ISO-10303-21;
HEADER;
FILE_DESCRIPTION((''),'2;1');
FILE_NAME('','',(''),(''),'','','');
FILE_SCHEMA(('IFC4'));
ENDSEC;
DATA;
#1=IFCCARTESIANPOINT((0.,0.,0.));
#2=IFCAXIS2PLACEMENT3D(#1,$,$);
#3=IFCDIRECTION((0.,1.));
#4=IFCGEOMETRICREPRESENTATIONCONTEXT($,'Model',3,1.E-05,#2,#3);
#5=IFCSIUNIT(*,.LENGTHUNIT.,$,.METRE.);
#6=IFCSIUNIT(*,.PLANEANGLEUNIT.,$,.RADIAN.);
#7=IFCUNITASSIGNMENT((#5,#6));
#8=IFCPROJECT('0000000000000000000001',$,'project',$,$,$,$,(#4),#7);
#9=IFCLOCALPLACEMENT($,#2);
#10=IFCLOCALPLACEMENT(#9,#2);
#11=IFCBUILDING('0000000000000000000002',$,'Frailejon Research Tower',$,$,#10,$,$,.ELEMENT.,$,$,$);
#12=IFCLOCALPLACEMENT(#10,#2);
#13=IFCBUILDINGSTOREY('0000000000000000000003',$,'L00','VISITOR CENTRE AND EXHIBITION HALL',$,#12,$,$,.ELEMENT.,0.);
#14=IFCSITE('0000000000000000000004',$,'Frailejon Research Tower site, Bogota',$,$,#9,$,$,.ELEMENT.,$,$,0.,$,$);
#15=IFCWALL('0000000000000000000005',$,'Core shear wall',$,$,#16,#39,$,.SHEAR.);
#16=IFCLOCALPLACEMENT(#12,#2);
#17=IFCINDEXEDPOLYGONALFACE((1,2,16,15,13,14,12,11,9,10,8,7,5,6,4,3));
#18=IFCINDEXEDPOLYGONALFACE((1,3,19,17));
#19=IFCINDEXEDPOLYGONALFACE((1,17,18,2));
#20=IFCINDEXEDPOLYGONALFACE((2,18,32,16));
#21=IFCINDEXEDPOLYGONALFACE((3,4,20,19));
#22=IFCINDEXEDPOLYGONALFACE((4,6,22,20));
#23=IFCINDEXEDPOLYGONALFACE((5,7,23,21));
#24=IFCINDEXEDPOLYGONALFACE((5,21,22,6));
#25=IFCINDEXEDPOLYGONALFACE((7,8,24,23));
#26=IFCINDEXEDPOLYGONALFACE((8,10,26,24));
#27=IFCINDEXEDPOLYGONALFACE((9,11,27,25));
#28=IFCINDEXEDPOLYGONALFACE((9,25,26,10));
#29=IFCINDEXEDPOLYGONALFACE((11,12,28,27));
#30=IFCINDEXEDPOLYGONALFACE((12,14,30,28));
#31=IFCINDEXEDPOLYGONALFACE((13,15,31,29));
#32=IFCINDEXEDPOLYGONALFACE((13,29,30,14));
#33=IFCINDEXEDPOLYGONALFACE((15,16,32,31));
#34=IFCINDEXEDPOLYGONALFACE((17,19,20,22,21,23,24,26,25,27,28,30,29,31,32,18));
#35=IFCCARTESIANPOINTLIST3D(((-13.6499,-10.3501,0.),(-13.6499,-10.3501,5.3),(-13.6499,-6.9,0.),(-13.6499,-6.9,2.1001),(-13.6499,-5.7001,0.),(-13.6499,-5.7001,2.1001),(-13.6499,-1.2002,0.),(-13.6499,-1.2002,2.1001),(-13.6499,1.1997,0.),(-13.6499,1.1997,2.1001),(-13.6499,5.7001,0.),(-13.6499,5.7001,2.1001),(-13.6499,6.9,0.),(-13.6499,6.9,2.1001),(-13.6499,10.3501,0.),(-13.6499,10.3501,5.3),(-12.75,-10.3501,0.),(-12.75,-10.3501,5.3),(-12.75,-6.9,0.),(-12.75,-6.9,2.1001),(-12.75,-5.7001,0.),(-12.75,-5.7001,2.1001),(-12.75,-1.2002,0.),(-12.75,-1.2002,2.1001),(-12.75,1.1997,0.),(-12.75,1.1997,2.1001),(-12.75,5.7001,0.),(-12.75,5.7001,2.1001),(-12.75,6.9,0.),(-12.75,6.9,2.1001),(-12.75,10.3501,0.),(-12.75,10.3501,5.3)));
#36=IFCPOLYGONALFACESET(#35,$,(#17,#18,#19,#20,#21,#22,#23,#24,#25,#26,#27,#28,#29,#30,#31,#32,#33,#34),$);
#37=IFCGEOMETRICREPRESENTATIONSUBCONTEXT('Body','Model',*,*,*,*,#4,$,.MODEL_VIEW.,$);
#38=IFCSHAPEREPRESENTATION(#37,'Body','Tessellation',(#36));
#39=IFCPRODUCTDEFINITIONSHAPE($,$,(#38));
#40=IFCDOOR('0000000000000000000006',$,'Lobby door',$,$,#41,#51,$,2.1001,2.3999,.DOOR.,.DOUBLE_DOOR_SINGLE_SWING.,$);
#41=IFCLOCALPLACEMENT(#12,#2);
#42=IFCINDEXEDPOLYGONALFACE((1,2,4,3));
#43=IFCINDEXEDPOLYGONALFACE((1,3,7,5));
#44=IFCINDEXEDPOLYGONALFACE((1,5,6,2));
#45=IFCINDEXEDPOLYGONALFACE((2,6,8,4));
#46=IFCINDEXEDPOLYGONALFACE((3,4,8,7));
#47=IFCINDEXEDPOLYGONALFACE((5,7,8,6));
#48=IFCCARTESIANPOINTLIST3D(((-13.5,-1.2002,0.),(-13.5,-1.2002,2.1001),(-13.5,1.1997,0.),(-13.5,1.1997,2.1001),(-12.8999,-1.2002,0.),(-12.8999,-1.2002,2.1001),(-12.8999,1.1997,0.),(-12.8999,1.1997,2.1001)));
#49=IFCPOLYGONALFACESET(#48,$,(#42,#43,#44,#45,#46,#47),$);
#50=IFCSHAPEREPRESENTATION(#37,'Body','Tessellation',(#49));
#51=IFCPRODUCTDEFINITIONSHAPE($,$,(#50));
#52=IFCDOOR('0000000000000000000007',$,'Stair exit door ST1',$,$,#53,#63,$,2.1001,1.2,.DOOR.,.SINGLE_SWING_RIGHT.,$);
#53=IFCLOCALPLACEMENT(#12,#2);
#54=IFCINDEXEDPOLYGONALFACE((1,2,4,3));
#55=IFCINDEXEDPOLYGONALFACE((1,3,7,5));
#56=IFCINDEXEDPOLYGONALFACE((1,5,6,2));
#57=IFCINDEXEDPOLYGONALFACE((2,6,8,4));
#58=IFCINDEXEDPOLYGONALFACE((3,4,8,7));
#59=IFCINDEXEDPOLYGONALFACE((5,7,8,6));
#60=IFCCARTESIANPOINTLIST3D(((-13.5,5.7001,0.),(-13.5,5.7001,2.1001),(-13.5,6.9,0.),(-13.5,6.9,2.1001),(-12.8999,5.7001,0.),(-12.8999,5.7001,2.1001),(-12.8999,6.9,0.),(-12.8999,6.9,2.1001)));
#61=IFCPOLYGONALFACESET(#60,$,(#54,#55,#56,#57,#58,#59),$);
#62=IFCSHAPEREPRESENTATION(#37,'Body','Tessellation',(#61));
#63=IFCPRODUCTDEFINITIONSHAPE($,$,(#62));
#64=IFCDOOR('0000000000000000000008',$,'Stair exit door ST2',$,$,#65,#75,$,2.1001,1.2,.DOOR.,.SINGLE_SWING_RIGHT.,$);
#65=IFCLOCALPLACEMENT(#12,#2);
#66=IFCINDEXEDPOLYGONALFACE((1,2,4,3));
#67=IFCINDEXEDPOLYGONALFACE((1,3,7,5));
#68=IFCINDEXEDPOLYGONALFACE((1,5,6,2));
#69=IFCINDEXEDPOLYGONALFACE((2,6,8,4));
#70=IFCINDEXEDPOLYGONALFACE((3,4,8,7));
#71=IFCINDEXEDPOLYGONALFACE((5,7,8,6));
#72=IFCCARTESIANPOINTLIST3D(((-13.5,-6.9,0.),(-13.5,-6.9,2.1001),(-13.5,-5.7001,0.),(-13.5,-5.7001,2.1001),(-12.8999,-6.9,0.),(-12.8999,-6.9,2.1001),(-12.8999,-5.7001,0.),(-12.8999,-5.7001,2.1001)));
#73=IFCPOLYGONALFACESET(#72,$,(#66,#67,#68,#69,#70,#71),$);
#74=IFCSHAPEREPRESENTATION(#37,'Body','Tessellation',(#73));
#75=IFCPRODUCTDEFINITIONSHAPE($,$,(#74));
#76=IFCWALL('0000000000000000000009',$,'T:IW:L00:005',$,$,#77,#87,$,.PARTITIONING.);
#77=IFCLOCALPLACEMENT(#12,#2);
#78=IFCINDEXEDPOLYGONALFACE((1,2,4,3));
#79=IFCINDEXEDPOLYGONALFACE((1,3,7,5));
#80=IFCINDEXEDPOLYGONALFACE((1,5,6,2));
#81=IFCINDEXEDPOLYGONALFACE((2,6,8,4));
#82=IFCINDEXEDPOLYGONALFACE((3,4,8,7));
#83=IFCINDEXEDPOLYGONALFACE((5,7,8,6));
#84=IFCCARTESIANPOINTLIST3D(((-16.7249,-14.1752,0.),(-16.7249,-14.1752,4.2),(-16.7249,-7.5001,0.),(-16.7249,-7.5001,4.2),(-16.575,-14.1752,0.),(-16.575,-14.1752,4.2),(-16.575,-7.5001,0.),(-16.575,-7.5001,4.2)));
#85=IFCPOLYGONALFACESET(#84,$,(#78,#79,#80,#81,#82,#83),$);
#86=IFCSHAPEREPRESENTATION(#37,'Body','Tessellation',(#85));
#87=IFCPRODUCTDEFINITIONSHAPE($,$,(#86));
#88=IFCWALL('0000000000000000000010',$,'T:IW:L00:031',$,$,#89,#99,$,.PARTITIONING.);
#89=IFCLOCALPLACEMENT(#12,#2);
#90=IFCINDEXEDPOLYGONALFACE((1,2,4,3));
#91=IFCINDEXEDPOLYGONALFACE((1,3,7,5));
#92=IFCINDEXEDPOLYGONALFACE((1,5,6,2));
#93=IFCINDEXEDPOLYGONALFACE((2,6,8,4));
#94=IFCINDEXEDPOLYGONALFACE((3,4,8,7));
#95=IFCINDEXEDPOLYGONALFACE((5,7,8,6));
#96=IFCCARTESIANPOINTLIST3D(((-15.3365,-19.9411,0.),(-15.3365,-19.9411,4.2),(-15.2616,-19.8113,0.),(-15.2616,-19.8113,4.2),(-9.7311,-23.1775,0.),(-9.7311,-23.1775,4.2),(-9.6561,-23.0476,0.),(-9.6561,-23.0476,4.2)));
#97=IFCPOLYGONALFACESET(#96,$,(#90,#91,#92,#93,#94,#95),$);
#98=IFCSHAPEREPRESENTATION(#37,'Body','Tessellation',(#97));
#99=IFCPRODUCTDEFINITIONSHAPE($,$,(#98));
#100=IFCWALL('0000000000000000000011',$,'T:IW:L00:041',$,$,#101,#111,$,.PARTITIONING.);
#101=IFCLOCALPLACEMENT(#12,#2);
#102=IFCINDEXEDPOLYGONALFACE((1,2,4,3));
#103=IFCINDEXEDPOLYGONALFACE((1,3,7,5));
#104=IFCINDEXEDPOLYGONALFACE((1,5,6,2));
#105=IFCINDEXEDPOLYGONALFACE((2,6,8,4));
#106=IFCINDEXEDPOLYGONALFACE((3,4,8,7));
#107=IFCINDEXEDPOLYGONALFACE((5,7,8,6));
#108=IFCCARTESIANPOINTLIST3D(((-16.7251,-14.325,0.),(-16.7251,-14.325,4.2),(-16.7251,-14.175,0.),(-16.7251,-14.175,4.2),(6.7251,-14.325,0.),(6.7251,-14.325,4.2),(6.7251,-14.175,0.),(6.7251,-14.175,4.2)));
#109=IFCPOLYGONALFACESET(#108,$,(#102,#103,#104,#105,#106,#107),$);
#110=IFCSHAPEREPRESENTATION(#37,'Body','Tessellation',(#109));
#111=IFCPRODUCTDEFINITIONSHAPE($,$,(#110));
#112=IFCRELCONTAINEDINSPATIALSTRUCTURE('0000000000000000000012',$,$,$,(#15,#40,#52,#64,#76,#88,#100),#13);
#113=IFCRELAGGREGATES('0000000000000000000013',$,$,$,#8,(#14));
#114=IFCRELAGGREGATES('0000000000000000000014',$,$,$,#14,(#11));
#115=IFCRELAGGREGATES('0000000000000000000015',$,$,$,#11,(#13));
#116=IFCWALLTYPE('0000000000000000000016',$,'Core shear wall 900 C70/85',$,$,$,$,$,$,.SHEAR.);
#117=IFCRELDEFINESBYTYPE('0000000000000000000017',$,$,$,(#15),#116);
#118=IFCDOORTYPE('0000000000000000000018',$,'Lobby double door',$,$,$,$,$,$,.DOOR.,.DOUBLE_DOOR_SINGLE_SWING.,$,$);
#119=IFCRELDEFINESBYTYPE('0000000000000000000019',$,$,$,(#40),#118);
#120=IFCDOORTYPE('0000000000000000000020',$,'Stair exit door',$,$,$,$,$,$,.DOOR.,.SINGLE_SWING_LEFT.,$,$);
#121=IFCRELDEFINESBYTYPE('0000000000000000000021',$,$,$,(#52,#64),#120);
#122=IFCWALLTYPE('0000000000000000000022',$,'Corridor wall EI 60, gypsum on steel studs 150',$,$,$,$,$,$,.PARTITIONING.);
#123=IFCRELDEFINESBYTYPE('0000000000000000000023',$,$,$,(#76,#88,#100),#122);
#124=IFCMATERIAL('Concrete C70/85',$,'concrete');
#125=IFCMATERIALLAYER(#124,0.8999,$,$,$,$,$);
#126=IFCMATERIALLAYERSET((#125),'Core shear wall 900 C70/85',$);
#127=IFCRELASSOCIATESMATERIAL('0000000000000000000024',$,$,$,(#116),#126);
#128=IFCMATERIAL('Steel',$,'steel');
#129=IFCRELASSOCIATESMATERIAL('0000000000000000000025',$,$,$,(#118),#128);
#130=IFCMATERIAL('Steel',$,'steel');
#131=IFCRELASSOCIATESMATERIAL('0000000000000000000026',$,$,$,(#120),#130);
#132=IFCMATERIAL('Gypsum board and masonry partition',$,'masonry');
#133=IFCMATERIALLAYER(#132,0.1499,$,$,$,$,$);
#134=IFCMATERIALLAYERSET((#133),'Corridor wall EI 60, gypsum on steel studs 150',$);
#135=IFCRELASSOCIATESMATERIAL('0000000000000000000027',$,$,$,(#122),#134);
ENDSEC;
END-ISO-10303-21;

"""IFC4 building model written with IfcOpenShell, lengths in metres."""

from ifc_helpers import new_model, si_unit, direction, frame, frame_2d, origin, place, context, subcontext, project, spatial, rectangle, extrude, material, layer, layer_set, type_object, element, fill, save


model = new_model("IFC4")

# Units and contexts
model_context = context("Model", 3, precision=1e-05, world=origin(), true_north=direction((0.0, 1.0)))
body_context = subcontext(model_context, "Body", "Model", "MODEL_VIEW")
ifc_project = project(units=[si_unit("LENGTHUNIT", "METRE"), si_unit("PLANEANGLEUNIT", "RADIAN")], contexts=[model_context])

# Site, building, storey
site_placement = place(None, origin())
site = spatial("IfcSite", under=ifc_project, at=site_placement, Name="Frailejon Research Tower site, Bogota", CompositionType="ELEMENT", RefElevation=0.0)
building_placement = place(site_placement, origin())
building = spatial("IfcBuilding", under=site, at=building_placement, Name="Frailejon Research Tower", CompositionType="ELEMENT")
storey_placement = place(building_placement, origin())
storey = spatial("IfcBuildingStorey", under=building, at=storey_placement, Name="L00", Description="VISITOR CENTRE AND EXHIBITION HALL", CompositionType="ELEMENT", Elevation=0.0)

# Wall, openings, doors
ifc_material_1 = material(Name="Concrete C70/85", Category="concrete")
ifc_layer_1 = layer(ifc_material_1, 0.8999)
ifc_layer_set_1 = layer_set([ifc_layer_1], Name="Core shear wall 900 C70/85")
wall_type_1 = type_object("IfcWallType", Name="Core shear wall 900 C70/85", PredefinedType="SHEAR", material=ifc_layer_set_1)
wall_1_placement = place(storey_placement, frame((-13.2, -10.3501, 0.0), z_axis=(0.0, 0.0, 1.0), x_axis=(0.0, 1.0, 0.0)))
wall_1 = element("IfcWall", 1, at=wall_1_placement, inside=storey, type_object=wall_type_1, Name="Core shear wall", PredefinedType="SHEAR", context=body_context, shape_type="SweptSolid", body=[
    extrude(rectangle(XDim=20.7002, YDim=0.8999, at=frame_2d((10.3501, 0.0))), origin(), (0.0, 0.0, 1.0), 5.3),
])
opening_1_placement = place(wall_1_placement, frame((9.1499, 0.0, 0.0)))
opening_1 = element("IfcOpeningElement", 2, at=opening_1_placement, cuts=wall_1, PredefinedType="OPENING", context=body_context, shape_type="SweptSolid", body=[
    extrude(rectangle(XDim=2.3999, YDim=2.1001, at=frame_2d((1.2, 1.05))), frame((0.0, 0.46, 0.0), z_axis=(0.0, -1.0, 0.0), x_axis=(1.0, 0.0, 0.0)), (0.0, 0.0, 1.0), 0.9199),
])
opening_2_placement = place(wall_1_placement, frame((16.05, 0.0, 0.0)))
opening_2 = element("IfcOpeningElement", 3, at=opening_2_placement, cuts=wall_1, PredefinedType="OPENING", context=body_context, shape_type="SweptSolid", body=[
    extrude(rectangle(XDim=1.2, YDim=2.1001, at=frame_2d((0.6001, 1.05))), frame((0.0, 0.46, 0.0), z_axis=(0.0, -1.0, 0.0), x_axis=(1.0, 0.0, 0.0)), (0.0, 0.0, 1.0), 0.9199),
])
opening_3_placement = place(wall_1_placement, frame((3.45, 0.0, 0.0)))
opening_3 = element("IfcOpeningElement", 4, at=opening_3_placement, cuts=wall_1, PredefinedType="OPENING", context=body_context, shape_type="SweptSolid", body=[
    extrude(rectangle(XDim=1.2, YDim=2.1001, at=frame_2d((0.6001, 1.05))), frame((0.0, 0.46, 0.0), z_axis=(0.0, -1.0, 0.0), x_axis=(1.0, 0.0, 0.0)), (0.0, 0.0, 1.0), 0.9199),
])
ifc_material_2 = material(Name="Steel", Category="steel")
door_type_1 = type_object("IfcDoorType", Name="Lobby double door", OperationType="DOUBLE_DOOR_SINGLE_SWING", PredefinedType="DOOR", material=ifc_material_2)
door_1_placement = place(opening_1_placement, origin())
door_1 = element("IfcDoor", 5, at=door_1_placement, inside=storey, type_object=door_type_1, Name="Lobby door", OperationType="DOUBLE_DOOR_SINGLE_SWING", OverallHeight=2.1001, OverallWidth=2.3999, PredefinedType="DOOR", context=body_context, shape_type="SweptSolid", body=[
    extrude(rectangle(XDim=2.3999, YDim=2.1001, at=frame_2d((1.2, 1.05))), frame((0.0, 0.3, 0.0), z_axis=(0.0, -1.0, 0.0), x_axis=(1.0, 0.0, 0.0)), (0.0, 0.0, 1.0), 0.6001),
])
fill(opening_1, door_1)
ifc_material_3 = material(Name="Steel", Category="steel")
door_type_2 = type_object("IfcDoorType", Name="Stair exit door", OperationType="SINGLE_SWING_LEFT", PredefinedType="DOOR", material=ifc_material_3)
door_2_placement = place(opening_2_placement, origin())
door_2 = element("IfcDoor", 6, at=door_2_placement, inside=storey, type_object=door_type_2, Name="Stair exit door ST1", OperationType="SINGLE_SWING_RIGHT", OverallHeight=2.1001, OverallWidth=1.2, PredefinedType="DOOR", context=body_context, shape_type="SweptSolid", body=[
    extrude(rectangle(XDim=1.2, YDim=2.1001, at=frame_2d((0.6001, 1.05))), frame((0.0, 0.3, 0.0), z_axis=(0.0, -1.0, 0.0), x_axis=(1.0, 0.0, 0.0)), (0.0, 0.0, 1.0), 0.6001),
])
fill(opening_2, door_2)
door_3_placement = place(opening_3_placement, origin())
door_3 = element("IfcDoor", 7, at=door_3_placement, inside=storey, type_object=door_type_2, Name="Stair exit door ST2", OperationType="SINGLE_SWING_RIGHT", OverallHeight=2.1001, OverallWidth=1.2, PredefinedType="DOOR", context=body_context, shape_type="SweptSolid", body=[
    extrude(rectangle(XDim=1.2, YDim=2.1001, at=frame_2d((0.6001, 1.05))), frame((0.0, 0.3, 0.0), z_axis=(0.0, -1.0, 0.0), x_axis=(1.0, 0.0, 0.0)), (0.0, 0.0, 1.0), 0.6001),
])
fill(opening_3, door_3)

# Walls
ifc_material_4 = material(Name="Gypsum board and masonry partition", Category="masonry")
ifc_layer_2 = layer(ifc_material_4, 0.1499)
ifc_layer_set_2 = layer_set([ifc_layer_2], Name="Corridor wall EI 60, gypsum on steel studs 150")
wall_type_2 = type_object("IfcWallType", Name="Corridor wall EI 60, gypsum on steel studs 150", PredefinedType="PARTITIONING", material=ifc_layer_set_2)
wall_2_placement = place(storey_placement, frame((-16.6499, -14.175, 0.0), z_axis=(0.0, 0.0, 1.0), x_axis=(0.0, 1.0, 0.0)))
element("IfcWall", 8, at=wall_2_placement, inside=storey, type_object=wall_type_2, Name="T:IW:L00:005", PredefinedType="PARTITIONING", context=body_context, shape_type="SweptSolid", body=[
    extrude(rectangle(XDim=6.675, YDim=0.1499, at=frame_2d((3.3374, 0.0))), origin(), (0.0, 0.0, 1.0), 4.2),
])
wall_3_placement = place(storey_placement, frame((-15.2991, -19.8762, 0.0), z_axis=(0.0, 0.0, 1.0), x_axis=(0.866025, -0.500001, 0.0)))
element("IfcWall", 9, at=wall_3_placement, inside=storey, type_object=wall_type_2, Name="T:IW:L00:031", PredefinedType="PARTITIONING", context=body_context, shape_type="SweptSolid", body=[
    extrude(rectangle(XDim=6.4727, YDim=0.1499, at=frame_2d((3.2363, 0.0))), origin(), (0.0, 0.0, 1.0), 4.2),
])
wall_4_placement = place(storey_placement, frame((-16.7251, -14.25, 0.0), z_axis=(0.0, 0.0, 1.0), x_axis=(1.0, 0.0, 0.0)))
element("IfcWall", 10, at=wall_4_placement, inside=storey, type_object=wall_type_2, Name="T:IW:L00:041", PredefinedType="PARTITIONING", context=body_context, shape_type="SweptSolid", body=[
    extrude(rectangle(XDim=23.4502, YDim=0.1499, at=frame_2d((11.7251, 0.0))), origin(), (0.0, 0.0, 1.0), 4.2),
])

save(model, "model.ifc")
